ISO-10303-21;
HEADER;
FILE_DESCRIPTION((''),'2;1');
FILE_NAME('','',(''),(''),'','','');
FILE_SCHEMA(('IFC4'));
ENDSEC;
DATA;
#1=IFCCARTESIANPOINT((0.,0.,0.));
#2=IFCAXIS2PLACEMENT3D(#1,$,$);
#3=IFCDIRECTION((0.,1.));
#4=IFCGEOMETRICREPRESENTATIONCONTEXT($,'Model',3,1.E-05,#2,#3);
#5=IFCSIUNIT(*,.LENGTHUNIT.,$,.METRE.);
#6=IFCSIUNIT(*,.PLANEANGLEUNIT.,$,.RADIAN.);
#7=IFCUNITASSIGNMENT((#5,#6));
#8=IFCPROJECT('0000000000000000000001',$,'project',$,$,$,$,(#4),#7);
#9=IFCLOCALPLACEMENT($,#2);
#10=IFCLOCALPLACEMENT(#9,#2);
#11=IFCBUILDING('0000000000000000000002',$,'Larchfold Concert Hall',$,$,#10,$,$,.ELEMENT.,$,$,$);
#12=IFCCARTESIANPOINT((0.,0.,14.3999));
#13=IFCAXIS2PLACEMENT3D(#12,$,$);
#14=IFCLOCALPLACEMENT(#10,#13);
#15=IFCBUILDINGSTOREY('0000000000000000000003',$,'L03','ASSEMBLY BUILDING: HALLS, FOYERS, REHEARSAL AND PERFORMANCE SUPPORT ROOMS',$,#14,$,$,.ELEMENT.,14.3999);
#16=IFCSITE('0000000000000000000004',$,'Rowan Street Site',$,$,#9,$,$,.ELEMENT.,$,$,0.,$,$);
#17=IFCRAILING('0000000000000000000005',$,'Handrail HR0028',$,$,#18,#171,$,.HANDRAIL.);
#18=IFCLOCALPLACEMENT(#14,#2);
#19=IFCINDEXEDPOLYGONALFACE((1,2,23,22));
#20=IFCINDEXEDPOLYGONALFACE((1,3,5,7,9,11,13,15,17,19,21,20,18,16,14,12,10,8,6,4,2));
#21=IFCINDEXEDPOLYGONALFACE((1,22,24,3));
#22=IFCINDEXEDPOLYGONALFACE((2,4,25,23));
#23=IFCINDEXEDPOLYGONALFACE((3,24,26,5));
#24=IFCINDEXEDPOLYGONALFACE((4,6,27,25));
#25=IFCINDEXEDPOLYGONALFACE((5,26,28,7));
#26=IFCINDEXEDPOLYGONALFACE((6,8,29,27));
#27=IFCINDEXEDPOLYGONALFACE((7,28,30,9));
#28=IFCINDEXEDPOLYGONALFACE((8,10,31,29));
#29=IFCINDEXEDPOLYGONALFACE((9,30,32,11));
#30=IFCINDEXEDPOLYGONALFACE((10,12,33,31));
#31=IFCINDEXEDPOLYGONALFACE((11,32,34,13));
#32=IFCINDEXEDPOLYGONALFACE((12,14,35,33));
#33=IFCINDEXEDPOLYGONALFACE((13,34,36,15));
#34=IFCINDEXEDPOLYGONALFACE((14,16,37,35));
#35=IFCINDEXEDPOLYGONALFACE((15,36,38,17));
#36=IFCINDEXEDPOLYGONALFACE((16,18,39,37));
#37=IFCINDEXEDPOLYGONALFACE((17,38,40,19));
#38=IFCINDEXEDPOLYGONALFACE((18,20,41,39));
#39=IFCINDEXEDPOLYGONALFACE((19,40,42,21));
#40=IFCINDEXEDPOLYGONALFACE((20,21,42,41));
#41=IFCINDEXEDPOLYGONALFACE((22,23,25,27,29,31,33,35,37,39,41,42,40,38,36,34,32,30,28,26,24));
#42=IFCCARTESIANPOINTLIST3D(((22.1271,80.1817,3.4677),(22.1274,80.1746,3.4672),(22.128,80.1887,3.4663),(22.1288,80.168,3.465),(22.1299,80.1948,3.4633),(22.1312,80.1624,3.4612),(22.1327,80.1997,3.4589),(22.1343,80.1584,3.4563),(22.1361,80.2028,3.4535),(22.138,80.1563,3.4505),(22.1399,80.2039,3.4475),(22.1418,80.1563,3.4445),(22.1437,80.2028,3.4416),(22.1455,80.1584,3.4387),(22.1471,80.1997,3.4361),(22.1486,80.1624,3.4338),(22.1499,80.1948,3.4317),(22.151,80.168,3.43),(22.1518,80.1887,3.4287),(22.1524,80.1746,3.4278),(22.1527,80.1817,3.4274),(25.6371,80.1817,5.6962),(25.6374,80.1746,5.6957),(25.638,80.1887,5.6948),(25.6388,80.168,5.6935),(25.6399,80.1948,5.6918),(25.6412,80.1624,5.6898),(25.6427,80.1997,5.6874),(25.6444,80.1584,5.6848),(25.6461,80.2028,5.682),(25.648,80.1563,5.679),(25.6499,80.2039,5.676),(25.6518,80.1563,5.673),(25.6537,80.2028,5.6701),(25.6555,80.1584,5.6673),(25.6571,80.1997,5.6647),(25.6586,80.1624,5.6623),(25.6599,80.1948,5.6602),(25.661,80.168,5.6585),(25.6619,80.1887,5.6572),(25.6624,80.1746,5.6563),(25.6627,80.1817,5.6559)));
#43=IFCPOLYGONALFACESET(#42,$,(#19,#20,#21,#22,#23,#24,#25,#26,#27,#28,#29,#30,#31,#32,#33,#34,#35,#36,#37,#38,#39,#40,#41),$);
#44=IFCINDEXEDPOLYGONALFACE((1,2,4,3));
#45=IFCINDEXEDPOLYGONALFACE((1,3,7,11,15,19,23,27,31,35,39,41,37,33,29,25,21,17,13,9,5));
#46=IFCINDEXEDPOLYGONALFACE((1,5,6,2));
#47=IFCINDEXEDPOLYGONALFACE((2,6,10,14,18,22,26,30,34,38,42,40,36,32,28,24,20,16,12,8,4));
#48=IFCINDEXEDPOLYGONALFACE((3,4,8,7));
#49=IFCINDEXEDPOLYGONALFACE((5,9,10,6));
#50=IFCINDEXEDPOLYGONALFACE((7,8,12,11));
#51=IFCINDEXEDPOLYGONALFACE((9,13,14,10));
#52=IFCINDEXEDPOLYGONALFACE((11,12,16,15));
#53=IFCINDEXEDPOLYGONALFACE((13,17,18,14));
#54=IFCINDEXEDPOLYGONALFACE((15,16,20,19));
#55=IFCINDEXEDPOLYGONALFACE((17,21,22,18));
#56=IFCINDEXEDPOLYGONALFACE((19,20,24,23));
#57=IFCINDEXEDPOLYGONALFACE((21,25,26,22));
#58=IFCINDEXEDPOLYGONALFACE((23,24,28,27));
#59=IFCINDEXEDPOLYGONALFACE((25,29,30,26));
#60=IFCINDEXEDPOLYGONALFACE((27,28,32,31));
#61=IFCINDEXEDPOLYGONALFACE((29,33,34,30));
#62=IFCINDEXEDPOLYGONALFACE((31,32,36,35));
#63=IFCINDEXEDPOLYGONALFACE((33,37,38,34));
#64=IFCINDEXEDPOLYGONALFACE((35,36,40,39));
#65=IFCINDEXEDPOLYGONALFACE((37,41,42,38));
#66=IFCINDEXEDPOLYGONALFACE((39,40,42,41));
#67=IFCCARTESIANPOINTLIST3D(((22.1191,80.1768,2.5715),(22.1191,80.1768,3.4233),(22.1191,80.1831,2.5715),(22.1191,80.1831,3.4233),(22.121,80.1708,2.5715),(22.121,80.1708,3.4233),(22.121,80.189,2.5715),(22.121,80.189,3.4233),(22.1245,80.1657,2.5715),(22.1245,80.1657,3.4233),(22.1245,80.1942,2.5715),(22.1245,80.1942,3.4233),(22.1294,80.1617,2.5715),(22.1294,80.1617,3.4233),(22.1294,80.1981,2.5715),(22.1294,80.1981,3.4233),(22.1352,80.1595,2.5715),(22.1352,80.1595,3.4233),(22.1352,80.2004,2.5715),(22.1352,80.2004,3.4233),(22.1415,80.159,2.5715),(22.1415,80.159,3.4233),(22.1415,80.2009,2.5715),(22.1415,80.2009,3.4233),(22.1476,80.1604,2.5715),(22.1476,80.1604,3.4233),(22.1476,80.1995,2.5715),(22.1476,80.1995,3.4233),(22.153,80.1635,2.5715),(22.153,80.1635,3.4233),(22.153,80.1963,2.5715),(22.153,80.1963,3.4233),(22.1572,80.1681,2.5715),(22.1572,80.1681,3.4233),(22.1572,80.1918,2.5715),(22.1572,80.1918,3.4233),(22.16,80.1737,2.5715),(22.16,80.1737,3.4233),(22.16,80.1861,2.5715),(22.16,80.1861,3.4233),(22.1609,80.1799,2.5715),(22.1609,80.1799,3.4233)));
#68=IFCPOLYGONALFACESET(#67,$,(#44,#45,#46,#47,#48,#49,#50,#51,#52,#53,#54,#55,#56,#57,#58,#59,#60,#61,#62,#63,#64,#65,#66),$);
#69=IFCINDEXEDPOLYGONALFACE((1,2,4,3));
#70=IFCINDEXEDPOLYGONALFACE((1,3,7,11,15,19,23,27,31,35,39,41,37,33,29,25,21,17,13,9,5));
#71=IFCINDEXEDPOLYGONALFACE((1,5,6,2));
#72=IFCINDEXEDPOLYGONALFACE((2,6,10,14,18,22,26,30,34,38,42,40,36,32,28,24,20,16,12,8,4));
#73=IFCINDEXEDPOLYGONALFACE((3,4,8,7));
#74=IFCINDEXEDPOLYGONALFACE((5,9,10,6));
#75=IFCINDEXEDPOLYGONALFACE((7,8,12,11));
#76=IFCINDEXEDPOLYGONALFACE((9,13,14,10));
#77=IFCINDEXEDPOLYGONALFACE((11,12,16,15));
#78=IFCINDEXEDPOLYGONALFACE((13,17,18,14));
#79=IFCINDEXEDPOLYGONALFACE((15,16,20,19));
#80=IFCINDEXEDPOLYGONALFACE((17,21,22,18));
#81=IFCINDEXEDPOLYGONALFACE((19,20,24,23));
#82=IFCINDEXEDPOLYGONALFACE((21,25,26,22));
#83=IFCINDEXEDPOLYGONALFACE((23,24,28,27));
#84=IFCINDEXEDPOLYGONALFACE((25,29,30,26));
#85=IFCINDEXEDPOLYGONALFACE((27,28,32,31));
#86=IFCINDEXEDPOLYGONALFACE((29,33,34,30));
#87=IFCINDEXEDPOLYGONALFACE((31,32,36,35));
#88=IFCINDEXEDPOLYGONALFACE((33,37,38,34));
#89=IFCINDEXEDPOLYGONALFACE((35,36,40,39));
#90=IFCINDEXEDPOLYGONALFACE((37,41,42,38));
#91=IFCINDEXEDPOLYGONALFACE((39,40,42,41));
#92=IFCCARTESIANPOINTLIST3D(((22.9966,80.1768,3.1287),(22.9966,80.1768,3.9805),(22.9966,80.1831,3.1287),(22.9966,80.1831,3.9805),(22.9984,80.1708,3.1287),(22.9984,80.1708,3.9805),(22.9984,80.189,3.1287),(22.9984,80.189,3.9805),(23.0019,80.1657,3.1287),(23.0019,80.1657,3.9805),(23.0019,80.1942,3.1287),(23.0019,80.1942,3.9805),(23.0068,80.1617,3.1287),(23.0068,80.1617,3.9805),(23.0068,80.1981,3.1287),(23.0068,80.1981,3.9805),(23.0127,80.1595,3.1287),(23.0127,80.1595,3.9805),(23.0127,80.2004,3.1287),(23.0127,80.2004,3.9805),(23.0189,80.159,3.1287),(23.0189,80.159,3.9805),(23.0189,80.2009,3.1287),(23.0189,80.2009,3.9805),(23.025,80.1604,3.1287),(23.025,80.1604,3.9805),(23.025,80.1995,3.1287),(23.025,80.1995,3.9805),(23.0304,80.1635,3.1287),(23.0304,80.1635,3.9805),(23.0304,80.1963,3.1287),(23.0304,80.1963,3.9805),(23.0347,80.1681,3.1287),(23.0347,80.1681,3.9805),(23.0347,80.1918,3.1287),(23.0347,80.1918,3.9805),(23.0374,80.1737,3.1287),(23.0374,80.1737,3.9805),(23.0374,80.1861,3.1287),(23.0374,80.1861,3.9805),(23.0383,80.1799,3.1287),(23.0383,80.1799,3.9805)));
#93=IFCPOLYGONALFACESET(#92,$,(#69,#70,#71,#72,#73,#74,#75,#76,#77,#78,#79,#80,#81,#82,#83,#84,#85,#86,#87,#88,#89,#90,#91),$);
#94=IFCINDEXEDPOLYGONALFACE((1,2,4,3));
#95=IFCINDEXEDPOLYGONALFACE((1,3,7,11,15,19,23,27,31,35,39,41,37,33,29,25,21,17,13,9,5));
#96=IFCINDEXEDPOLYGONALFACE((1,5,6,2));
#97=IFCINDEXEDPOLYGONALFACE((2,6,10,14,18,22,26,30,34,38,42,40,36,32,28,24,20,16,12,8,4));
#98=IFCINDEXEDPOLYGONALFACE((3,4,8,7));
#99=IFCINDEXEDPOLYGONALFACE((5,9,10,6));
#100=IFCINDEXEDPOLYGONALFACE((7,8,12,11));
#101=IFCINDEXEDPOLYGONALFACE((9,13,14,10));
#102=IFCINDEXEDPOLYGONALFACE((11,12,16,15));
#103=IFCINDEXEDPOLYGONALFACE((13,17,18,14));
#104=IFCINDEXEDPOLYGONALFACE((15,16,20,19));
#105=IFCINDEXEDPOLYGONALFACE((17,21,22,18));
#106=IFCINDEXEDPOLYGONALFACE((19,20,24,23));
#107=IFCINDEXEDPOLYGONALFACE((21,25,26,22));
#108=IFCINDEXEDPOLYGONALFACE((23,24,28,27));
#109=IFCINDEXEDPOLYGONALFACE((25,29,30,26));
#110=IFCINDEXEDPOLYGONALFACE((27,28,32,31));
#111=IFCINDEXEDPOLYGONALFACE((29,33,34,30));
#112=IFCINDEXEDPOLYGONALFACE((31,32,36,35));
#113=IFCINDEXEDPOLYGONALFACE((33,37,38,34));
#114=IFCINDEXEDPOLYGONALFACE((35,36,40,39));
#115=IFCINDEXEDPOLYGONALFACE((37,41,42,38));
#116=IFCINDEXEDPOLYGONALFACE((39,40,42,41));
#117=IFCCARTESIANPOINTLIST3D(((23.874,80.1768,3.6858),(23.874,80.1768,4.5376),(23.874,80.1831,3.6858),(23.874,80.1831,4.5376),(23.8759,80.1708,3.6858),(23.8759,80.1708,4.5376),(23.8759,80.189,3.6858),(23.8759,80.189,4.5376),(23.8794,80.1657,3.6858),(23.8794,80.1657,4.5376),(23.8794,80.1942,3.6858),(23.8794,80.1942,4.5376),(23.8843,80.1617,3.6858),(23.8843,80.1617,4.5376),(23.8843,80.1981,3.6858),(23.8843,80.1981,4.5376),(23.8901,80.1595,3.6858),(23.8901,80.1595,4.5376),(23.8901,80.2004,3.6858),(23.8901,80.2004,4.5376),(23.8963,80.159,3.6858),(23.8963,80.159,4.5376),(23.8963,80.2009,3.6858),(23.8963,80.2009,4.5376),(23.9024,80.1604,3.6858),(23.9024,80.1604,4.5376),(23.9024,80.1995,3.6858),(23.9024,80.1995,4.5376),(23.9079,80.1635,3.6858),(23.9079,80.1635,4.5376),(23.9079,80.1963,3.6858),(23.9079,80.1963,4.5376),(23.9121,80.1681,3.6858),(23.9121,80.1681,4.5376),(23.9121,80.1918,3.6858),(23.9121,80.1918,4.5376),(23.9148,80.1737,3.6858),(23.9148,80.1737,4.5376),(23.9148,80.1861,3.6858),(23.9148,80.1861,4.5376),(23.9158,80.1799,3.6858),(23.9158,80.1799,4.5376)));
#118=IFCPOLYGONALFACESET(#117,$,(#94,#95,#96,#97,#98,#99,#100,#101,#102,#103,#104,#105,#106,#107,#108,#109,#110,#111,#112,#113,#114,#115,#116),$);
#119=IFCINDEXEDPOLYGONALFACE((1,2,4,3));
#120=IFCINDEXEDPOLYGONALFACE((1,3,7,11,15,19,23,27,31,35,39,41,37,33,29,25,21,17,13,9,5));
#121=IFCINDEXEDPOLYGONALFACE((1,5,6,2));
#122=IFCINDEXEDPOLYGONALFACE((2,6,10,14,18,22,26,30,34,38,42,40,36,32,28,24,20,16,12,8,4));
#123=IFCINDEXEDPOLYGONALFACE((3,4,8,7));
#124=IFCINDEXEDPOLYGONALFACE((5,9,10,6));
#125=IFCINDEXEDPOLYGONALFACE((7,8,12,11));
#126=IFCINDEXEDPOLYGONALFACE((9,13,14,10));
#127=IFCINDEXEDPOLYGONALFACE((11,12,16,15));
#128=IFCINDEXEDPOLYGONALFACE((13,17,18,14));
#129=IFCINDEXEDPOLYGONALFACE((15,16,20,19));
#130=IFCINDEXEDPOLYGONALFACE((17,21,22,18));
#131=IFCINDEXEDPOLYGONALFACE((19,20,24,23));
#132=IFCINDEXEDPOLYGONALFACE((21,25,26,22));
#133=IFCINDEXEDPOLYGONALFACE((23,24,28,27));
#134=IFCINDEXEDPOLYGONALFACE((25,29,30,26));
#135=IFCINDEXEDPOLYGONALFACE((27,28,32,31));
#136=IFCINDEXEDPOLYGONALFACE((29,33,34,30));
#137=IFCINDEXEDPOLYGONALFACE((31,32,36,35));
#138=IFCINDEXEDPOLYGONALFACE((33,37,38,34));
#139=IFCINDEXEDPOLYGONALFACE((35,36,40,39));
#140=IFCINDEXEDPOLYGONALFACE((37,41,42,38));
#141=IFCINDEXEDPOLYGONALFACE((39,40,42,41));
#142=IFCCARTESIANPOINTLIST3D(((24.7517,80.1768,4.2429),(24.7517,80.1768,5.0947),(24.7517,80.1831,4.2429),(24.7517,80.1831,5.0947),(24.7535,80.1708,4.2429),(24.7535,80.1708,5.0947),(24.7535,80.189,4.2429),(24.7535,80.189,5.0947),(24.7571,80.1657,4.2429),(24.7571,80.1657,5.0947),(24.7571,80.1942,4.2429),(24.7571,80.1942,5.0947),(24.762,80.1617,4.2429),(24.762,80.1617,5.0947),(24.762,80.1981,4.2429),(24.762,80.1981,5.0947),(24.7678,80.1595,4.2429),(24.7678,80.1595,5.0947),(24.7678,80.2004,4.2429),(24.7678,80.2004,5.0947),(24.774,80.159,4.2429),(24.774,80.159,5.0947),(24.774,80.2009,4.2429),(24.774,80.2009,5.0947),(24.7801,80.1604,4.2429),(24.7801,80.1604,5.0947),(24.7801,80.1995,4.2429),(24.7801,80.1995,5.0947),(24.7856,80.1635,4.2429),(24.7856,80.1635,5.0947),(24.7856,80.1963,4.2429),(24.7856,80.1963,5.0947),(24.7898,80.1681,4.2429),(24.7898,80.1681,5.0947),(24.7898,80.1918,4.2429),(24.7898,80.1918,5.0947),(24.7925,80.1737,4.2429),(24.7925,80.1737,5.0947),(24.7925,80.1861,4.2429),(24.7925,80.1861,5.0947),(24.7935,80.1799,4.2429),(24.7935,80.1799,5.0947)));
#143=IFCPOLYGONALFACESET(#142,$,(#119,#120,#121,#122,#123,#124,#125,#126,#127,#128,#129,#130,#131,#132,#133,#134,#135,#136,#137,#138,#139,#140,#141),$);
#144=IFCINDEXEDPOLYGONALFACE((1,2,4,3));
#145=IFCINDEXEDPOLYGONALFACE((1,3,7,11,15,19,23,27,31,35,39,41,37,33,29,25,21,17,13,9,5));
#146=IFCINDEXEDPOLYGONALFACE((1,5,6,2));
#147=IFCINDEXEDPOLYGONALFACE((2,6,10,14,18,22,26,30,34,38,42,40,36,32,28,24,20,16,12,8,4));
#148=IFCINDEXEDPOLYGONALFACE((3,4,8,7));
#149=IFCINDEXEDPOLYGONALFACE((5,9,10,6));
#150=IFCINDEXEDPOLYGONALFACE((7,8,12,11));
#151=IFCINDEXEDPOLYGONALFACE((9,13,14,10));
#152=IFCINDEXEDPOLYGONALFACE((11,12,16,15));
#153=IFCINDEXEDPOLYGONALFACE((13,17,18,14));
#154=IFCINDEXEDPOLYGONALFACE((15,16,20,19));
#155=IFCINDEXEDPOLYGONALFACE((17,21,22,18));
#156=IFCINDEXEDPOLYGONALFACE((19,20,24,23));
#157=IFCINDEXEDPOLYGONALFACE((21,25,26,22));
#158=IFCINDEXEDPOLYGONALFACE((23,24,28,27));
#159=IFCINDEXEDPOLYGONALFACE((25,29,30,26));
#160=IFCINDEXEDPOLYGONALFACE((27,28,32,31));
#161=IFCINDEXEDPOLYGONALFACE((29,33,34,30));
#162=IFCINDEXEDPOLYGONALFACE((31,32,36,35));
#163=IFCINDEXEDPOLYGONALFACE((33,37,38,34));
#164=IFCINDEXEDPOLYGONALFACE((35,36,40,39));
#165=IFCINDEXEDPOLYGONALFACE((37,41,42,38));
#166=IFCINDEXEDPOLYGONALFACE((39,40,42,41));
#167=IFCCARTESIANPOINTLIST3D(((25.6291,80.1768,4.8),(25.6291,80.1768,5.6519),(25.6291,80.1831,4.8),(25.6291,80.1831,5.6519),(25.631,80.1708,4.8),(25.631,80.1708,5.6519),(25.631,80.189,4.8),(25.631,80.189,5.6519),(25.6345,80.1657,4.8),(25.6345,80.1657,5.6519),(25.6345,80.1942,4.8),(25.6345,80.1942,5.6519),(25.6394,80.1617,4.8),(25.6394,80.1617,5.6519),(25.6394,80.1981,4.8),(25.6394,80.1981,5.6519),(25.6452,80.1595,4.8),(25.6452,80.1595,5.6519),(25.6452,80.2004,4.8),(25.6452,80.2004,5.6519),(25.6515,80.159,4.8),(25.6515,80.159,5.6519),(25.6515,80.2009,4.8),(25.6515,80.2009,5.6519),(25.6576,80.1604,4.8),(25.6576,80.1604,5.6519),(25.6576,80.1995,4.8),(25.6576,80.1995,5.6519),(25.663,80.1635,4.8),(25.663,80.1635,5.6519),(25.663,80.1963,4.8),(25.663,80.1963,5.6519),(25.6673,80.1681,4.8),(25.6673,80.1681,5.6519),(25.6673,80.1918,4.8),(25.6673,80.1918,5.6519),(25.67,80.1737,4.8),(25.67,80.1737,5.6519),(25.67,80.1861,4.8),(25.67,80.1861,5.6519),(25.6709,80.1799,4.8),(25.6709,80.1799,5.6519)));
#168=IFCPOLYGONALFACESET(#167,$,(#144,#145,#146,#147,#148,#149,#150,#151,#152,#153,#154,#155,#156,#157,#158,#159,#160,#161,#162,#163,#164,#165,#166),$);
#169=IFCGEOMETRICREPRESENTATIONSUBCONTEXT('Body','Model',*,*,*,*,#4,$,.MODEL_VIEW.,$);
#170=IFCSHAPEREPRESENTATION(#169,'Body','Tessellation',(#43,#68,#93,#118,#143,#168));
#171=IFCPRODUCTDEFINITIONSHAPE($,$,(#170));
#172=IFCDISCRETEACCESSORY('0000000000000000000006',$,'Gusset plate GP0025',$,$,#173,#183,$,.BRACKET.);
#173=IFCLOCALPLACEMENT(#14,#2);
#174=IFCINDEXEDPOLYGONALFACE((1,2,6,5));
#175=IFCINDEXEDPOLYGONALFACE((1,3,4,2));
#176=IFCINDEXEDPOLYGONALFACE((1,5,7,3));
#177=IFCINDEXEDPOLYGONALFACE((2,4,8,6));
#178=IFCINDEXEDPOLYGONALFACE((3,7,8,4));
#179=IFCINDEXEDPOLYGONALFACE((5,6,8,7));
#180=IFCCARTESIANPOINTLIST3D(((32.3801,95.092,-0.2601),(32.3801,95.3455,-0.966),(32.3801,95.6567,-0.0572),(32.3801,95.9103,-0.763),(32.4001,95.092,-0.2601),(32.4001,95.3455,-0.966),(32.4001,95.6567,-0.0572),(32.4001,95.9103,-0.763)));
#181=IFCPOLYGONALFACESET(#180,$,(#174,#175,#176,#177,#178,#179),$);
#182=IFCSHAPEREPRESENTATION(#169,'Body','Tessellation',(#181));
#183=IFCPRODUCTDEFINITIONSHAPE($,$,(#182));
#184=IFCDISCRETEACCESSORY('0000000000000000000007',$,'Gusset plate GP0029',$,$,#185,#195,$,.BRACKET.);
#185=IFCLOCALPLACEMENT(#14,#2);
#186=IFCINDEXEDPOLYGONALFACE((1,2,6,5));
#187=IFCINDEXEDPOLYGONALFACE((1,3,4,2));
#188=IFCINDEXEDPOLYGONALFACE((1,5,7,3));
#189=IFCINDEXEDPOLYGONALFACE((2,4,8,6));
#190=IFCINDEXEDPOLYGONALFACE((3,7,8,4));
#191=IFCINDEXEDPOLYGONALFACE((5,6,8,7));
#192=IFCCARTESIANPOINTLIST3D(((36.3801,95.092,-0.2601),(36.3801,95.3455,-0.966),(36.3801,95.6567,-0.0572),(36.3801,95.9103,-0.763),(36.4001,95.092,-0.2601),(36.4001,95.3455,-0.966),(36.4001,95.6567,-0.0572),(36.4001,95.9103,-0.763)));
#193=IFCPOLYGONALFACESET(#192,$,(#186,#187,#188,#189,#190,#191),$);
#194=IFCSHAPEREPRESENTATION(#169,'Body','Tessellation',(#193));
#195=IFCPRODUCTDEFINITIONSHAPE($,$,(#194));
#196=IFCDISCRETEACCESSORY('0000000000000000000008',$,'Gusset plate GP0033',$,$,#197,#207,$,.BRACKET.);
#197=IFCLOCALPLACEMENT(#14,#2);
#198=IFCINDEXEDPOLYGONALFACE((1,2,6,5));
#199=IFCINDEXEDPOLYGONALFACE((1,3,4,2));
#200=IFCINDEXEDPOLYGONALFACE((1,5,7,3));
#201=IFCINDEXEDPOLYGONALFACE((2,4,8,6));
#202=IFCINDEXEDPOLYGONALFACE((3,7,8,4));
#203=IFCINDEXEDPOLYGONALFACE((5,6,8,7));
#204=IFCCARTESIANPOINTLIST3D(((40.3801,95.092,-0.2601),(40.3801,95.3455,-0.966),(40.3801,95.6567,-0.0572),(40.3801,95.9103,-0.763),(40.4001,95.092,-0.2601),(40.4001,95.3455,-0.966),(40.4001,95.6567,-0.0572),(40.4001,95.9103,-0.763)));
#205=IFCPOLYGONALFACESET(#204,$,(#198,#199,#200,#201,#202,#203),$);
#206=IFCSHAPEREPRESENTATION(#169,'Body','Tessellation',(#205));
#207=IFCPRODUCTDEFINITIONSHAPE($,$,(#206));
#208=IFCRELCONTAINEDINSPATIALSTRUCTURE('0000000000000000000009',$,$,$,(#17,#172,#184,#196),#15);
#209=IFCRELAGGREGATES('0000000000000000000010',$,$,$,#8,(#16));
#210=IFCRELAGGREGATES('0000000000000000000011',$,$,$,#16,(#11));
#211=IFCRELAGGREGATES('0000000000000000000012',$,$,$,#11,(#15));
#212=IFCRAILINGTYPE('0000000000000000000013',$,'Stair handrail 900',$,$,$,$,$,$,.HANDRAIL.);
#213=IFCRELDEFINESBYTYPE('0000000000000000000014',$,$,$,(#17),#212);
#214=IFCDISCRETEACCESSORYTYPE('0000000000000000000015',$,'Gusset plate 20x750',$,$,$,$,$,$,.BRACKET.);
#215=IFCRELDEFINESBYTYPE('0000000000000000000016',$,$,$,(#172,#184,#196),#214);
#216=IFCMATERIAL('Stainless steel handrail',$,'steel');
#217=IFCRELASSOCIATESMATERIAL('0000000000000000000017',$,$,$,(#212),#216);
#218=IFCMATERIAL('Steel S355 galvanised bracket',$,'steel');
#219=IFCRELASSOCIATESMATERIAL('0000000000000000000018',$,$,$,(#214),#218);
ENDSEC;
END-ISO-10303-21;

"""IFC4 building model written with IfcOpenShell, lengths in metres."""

from ifc_helpers import new_model, si_unit, direction, frame, origin, origin_2d, place, context, subcontext, project, spatial, rectangle, circle, extrude, material, material_profile, profile_set, type_object, element, save


model = new_model("IFC4")

# Units and contexts
model_context = context("Model", 3, precision=1e-05, world=origin(), true_north=direction((0.0, 1.0)))
body_context = subcontext(model_context, "Body", "Model", "MODEL_VIEW")
ifc_project = project(units=[si_unit("LENGTHUNIT", "METRE"), si_unit("PLANEANGLEUNIT", "RADIAN")], contexts=[model_context])

# Site, building, storey
site_placement = place(None, origin())
site = spatial("IfcSite", under=ifc_project, at=site_placement, Name="Rowan Street Site", CompositionType="ELEMENT", RefElevation=0.0)
building_placement = place(site_placement, origin())
building = spatial("IfcBuilding", under=site, at=building_placement, Name="Larchfold Concert Hall", CompositionType="ELEMENT")
storey_placement = place(building_placement, frame((0.0, 0.0, 14.3999)))
storey = spatial("IfcBuildingStorey", under=building, at=storey_placement, Name="L03", Description="ASSEMBLY BUILDING: HALLS, FOYERS, REHEARSAL AND PERFORMANCE SUPPORT ROOMS", CompositionType="ELEMENT", Elevation=14.3999)

# Railing
ifc_material_1 = material(Name="Stainless steel handrail", Category="steel")
railing_type_1 = type_object("IfcRailingType", Name="Stair handrail 900", PredefinedType="HANDRAIL", material=ifc_material_1)
railing_1_placement = place(storey_placement, frame((22.1399, 80.1799, 2.5715)))
element("IfcRailing", 1, at=railing_1_placement, inside=storey, type_object=railing_type_1, Name="Handrail HR0028", PredefinedType="HANDRAIL", context=body_context, shape_type="SweptSolid", body=[
    extrude(circle(Radius=0.0239, at=origin_2d()), frame((0.0, 0.0, 0.876), z_axis=(0.84422, 0.0, 0.535998), x_axis=(0.0, 1.0, 0.0)), (0.0, 0.0, 1.0), 4.1577),
    extrude(circle(Radius=0.021, at=origin_2d()), origin(), (0.0, 0.0, 1.0), 0.8518),
    extrude(circle(Radius=0.021, at=origin_2d()), frame((0.8774, 0.0, 0.5571)), (0.0, 0.0, 1.0), 0.8518),
    extrude(circle(Radius=0.021, at=origin_2d()), frame((1.7549, 0.0, 1.1143)), (0.0, 0.0, 1.0), 0.8518),
    extrude(circle(Radius=0.021, at=origin_2d()), frame((2.6326, 0.0, 1.6714)), (0.0, 0.0, 1.0), 0.8518),
    extrude(circle(Radius=0.021, at=origin_2d()), frame((3.51, 0.0, 2.2285)), (0.0, 0.0, 1.0), 0.8518),
])

# Discrete accessories
ifc_material_2 = material(Name="Steel S355 galvanised bracket", Category="steel")
ifc_material_profile_1 = material_profile(ifc_material_2, rectangle(XDim=0.02, YDim=0.75, at=origin_2d()))
ifc_profile_set_1 = profile_set([ifc_material_profile_1], Name="Steel S355 galvanised bracket")
discrete_accessory_type = type_object("IfcDiscreteAccessoryType", Name="Gusset plate 20x750", PredefinedType="BRACKET", material=ifc_profile_set_1)
for number, where, z_axis, x_axis, name in (
    (2, (32.3901, 95.2188, -0.613), (0.0, 0.941105, 0.338114), (-1.0, 0.0, 0.0), "Gusset plate GP0025"),
    (3, (36.3901, 95.2188, -0.613), (0.0, 0.941105, 0.338114), (-1.0, 0.0, 0.0), "Gusset plate GP0029"),
    (4, (40.3901, 95.2188, -0.613), (0.0, 0.941105, 0.338114), (-1.0, 0.0, 0.0), "Gusset plate GP0033"),
):
    element("IfcDiscreteAccessory", number, at=place(storey_placement, frame(where, z_axis=z_axis, x_axis=x_axis)), inside=storey, type_object=discrete_accessory_type, Name=name, PredefinedType="BRACKET", context=body_context, shape_type="SweptSolid", body=[
        extrude(rectangle(XDim=0.02, YDim=0.75, at=origin_2d()), origin(), (0.0, 0.0, 1.0), 0.6001),
    ])

save(model, "model.ifc")
